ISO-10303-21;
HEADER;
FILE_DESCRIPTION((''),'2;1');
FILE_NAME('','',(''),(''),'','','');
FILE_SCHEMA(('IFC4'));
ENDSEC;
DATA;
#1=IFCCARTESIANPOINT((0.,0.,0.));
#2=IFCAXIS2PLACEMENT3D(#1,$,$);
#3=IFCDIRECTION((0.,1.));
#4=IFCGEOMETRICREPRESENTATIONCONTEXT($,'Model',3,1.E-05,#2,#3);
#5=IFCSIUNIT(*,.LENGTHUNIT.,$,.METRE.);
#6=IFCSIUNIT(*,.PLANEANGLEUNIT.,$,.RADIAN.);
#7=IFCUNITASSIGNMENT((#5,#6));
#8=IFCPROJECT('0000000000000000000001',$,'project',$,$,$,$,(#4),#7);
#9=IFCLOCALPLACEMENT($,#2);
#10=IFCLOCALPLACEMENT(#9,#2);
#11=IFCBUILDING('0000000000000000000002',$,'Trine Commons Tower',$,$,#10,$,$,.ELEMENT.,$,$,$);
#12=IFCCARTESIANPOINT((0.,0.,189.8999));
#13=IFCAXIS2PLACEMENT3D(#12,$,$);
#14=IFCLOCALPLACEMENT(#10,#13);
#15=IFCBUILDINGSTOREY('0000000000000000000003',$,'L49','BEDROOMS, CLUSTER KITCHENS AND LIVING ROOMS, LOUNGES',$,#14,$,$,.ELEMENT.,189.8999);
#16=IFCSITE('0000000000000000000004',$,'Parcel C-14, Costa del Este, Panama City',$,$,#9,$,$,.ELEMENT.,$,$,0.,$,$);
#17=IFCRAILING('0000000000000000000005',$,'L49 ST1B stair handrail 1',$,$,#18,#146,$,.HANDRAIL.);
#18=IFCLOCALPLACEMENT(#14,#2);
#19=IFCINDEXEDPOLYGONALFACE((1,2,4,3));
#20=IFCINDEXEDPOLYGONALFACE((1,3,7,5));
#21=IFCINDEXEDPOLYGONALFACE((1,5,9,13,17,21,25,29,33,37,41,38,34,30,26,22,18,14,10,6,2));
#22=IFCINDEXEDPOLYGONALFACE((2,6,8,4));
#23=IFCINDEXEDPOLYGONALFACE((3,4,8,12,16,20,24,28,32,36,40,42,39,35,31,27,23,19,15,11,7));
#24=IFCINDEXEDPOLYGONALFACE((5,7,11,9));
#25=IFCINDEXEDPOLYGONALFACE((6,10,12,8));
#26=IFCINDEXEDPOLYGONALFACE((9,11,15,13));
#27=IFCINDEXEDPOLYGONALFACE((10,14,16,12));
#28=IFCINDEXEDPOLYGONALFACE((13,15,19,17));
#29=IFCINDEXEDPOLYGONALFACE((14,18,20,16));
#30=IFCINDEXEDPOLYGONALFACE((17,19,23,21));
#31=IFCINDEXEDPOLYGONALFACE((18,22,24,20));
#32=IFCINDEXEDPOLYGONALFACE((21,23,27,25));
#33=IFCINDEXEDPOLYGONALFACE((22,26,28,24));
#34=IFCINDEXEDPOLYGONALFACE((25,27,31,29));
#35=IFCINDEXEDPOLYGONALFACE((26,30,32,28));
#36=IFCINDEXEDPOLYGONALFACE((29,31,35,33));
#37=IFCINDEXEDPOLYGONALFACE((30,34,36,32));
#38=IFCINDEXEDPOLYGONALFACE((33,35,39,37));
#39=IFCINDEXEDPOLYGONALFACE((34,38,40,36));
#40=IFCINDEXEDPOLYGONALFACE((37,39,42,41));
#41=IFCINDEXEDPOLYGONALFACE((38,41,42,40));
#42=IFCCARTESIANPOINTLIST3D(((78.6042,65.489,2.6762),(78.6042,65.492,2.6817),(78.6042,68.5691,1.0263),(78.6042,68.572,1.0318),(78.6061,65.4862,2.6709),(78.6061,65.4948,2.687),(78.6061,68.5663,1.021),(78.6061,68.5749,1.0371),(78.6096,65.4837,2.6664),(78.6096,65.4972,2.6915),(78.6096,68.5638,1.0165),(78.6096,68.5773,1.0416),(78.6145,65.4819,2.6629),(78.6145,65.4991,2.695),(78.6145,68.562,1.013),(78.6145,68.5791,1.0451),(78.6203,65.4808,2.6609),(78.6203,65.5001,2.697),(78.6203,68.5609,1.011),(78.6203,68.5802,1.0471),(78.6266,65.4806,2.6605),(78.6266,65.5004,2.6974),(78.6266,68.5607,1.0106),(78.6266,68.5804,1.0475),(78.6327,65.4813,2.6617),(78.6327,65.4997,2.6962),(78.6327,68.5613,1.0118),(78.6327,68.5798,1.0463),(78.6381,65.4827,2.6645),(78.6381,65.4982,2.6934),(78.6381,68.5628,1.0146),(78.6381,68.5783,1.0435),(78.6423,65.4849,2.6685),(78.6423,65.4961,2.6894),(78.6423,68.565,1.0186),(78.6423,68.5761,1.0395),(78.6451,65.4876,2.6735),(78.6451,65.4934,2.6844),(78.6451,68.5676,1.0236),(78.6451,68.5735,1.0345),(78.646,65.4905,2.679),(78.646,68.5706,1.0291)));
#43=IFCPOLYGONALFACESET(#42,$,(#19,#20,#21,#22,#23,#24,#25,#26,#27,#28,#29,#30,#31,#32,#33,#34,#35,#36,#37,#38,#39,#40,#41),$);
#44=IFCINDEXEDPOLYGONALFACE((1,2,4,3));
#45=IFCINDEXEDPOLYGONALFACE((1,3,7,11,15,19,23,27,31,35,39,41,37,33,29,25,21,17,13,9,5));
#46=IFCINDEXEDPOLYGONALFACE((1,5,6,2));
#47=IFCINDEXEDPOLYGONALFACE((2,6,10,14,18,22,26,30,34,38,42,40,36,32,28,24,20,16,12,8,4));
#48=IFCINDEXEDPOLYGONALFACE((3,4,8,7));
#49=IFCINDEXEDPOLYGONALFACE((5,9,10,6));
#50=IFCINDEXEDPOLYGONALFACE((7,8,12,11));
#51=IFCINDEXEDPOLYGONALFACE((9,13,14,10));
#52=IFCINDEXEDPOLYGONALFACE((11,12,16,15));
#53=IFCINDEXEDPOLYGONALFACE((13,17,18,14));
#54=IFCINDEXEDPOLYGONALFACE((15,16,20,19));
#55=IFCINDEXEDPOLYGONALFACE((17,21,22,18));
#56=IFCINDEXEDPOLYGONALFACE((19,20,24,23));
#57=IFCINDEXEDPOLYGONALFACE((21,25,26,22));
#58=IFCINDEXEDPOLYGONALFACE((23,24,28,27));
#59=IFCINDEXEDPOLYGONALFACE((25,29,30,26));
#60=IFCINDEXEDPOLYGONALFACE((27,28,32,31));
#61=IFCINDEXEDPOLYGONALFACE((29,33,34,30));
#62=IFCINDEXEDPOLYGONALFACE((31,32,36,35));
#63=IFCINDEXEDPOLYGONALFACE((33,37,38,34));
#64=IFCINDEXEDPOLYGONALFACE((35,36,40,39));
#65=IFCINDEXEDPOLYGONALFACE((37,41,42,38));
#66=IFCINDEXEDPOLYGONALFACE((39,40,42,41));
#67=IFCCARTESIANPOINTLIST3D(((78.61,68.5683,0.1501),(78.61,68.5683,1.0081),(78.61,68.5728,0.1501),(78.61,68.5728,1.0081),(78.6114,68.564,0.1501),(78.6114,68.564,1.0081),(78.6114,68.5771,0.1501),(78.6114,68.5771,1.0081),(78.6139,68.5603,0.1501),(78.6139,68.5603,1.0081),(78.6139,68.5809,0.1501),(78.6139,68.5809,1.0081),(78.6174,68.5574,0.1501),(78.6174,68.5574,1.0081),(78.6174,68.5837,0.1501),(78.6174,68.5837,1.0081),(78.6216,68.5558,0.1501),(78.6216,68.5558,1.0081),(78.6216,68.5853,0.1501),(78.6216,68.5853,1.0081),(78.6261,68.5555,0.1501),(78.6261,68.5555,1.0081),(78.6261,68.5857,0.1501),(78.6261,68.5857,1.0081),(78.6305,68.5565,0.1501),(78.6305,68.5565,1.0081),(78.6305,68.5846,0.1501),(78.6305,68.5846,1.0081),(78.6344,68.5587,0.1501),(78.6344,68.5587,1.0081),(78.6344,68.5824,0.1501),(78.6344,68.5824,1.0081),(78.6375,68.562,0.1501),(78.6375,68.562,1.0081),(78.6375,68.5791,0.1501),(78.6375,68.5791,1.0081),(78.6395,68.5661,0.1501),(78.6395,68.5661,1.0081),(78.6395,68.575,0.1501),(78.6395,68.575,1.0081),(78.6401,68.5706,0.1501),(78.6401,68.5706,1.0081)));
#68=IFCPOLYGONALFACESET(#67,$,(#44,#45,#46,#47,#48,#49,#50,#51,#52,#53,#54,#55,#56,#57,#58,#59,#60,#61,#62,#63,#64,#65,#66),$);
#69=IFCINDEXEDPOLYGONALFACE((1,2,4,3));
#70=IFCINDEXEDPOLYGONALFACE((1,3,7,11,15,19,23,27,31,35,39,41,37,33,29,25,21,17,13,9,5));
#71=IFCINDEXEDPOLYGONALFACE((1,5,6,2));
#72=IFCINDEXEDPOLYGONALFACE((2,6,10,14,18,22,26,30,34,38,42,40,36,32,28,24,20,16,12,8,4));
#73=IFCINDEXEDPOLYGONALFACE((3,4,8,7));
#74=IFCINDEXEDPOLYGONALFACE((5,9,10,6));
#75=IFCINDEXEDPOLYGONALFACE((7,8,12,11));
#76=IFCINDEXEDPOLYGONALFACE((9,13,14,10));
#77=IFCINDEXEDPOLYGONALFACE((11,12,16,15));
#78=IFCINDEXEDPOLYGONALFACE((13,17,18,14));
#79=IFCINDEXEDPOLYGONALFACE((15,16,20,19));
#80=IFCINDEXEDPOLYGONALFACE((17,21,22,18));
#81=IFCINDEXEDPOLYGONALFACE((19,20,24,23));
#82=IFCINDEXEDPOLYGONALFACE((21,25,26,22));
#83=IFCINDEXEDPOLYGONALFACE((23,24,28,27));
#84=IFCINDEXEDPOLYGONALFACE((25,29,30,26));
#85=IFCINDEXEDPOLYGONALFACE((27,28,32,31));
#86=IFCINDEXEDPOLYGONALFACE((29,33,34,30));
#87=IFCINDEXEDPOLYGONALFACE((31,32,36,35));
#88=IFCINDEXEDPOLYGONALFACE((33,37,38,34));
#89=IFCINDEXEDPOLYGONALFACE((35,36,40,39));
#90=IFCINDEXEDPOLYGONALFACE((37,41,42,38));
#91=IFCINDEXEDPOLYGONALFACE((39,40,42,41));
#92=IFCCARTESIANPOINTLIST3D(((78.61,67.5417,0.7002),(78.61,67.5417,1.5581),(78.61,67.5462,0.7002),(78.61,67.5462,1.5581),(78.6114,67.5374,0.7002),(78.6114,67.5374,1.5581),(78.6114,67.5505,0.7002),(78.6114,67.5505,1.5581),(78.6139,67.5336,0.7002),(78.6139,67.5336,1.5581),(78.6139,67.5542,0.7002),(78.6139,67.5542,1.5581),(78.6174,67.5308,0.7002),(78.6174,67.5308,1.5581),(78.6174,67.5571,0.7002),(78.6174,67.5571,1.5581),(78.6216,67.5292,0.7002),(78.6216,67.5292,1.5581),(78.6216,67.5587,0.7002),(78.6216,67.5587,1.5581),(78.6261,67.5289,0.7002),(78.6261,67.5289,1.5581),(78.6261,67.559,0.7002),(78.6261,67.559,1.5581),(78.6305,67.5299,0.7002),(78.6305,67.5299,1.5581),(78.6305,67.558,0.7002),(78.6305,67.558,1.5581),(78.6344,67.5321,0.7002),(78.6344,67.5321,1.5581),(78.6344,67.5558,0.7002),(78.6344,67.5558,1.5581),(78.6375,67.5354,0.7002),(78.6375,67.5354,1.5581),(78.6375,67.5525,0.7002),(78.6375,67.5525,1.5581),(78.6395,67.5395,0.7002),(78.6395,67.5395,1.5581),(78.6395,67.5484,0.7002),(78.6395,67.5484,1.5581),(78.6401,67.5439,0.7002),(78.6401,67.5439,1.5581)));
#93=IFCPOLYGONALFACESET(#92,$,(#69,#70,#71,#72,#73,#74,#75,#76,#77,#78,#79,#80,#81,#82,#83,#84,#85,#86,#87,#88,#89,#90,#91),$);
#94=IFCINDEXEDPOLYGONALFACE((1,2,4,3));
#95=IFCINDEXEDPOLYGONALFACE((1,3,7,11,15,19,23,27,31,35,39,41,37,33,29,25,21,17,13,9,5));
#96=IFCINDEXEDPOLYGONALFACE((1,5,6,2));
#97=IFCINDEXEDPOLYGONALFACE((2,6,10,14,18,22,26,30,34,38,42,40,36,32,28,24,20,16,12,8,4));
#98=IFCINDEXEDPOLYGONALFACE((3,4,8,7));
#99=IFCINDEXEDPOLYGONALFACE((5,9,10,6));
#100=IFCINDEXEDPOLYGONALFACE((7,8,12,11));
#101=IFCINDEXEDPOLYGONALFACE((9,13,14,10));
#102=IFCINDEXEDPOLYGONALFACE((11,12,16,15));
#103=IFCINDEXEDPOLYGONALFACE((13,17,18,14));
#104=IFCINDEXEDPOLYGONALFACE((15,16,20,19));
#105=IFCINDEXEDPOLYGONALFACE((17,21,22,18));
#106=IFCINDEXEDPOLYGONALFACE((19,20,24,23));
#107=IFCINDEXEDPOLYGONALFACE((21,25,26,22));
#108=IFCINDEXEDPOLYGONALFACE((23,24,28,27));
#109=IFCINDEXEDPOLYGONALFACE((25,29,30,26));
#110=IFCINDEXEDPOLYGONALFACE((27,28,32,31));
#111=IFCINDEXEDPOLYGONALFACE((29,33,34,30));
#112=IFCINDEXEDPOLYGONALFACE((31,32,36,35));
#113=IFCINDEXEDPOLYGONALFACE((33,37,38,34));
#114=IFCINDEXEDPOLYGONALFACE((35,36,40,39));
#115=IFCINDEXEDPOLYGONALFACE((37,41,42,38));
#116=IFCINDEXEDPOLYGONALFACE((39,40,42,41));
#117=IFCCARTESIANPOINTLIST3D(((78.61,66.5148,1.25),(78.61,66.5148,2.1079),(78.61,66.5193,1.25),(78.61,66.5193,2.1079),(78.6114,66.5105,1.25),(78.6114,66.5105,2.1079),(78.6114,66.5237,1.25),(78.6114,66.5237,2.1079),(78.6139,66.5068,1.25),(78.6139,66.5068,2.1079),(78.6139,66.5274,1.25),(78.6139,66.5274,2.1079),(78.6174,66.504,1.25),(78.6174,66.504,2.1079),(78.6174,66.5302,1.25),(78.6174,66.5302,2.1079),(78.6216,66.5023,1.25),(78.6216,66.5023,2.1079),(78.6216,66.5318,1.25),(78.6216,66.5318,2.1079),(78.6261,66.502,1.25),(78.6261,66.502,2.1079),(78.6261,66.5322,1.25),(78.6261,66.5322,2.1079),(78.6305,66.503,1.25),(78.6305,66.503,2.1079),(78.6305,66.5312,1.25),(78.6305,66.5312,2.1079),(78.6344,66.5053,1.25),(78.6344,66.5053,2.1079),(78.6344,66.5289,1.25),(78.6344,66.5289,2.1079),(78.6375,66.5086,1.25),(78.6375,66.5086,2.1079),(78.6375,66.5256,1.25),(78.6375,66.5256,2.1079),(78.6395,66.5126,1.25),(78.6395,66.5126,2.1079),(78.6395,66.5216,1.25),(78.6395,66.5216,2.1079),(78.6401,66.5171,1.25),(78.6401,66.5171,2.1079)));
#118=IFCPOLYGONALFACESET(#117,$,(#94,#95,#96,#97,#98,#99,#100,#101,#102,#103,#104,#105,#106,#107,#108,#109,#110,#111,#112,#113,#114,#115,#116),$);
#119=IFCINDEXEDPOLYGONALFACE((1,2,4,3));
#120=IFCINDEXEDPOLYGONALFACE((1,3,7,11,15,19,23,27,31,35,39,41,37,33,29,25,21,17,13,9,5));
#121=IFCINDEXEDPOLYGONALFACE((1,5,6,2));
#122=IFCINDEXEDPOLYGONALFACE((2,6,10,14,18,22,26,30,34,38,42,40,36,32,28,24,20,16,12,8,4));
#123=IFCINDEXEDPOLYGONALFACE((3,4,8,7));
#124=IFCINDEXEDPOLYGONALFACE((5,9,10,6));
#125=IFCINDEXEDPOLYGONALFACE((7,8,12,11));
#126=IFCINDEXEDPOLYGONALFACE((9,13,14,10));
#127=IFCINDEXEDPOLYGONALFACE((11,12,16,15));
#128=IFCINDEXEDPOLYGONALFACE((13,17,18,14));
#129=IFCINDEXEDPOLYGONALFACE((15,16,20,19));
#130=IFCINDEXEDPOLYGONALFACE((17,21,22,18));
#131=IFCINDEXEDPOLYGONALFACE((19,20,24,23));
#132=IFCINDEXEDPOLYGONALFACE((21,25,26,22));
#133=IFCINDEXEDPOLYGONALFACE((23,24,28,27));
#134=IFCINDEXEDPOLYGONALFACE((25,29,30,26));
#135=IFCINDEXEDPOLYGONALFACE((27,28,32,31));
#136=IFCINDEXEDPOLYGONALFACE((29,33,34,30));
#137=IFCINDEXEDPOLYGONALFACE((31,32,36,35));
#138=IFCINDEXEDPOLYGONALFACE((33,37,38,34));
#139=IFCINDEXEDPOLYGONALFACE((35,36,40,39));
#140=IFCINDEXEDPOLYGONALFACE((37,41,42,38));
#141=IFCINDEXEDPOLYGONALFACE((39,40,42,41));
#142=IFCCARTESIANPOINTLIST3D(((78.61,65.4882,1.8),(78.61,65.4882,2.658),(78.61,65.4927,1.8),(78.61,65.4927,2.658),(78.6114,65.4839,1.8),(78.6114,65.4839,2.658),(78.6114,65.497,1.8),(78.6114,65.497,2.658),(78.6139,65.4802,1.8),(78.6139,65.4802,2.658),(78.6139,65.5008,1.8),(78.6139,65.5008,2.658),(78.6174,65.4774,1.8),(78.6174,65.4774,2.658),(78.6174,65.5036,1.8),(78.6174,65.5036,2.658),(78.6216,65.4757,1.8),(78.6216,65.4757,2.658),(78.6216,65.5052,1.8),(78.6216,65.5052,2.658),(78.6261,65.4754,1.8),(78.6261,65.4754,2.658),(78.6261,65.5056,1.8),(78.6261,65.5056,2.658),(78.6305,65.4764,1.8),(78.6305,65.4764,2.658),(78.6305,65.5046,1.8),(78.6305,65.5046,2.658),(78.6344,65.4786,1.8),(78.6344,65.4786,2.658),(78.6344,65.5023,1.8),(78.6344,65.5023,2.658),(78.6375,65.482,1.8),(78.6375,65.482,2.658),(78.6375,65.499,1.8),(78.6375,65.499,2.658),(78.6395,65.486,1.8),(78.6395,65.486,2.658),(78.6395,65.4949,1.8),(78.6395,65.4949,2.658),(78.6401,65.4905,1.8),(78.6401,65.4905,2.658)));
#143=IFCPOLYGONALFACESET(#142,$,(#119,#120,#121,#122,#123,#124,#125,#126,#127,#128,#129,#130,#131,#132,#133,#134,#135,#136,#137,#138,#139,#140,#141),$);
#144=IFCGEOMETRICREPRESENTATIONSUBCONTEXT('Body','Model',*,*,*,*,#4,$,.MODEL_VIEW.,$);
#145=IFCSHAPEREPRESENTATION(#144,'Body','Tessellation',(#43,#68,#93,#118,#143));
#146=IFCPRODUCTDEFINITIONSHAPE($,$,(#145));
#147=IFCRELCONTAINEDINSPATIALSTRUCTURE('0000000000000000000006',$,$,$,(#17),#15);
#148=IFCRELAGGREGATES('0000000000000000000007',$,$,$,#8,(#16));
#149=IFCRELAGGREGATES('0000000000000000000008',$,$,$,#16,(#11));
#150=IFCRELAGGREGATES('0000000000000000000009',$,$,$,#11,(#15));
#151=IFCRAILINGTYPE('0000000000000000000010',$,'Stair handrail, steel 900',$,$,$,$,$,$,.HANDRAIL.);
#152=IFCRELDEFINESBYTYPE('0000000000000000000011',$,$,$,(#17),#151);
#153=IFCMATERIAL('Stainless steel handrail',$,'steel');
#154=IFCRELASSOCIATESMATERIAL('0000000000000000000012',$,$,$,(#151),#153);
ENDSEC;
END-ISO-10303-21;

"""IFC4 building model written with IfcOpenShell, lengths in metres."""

from ifc_helpers import new_model, si_unit, direction, frame, origin, origin_2d, place, context, subcontext, project, spatial, circle, extrude, material, type_object, element, save


model = new_model("IFC4")

# Units and contexts
model_context = context("Model", 3, precision=1e-05, world=origin(), true_north=direction((0.0, 1.0)))
body_context = subcontext(model_context, "Body", "Model", "MODEL_VIEW")
ifc_project = project(units=[si_unit("LENGTHUNIT", "METRE"), si_unit("PLANEANGLEUNIT", "RADIAN")], contexts=[model_context])

# Site, building, storey
site_placement = place(None, origin())
site = spatial("IfcSite", under=ifc_project, at=site_placement, Name="Parcel C-14, Costa del Este, Panama City", CompositionType="ELEMENT", RefElevation=0.0)
building_placement = place(site_placement, origin())
building = spatial("IfcBuilding", under=site, at=building_placement, Name="Trine Commons Tower", CompositionType="ELEMENT")
storey_placement = place(building_placement, frame((0.0, 0.0, 189.8999)))
storey = spatial("IfcBuildingStorey", under=building, at=storey_placement, Name="L49", Description="BEDROOMS, CLUSTER KITCHENS AND LIVING ROOMS, LOUNGES", CompositionType="ELEMENT", Elevation=189.8999)

# Railing
ifc_material_1 = material(Name="Stainless steel handrail", Category="steel")
railing_type_1 = type_object("IfcRailingType", Name="Stair handrail, steel 900", PredefinedType="HANDRAIL", material=ifc_material_1)
railing_1_placement = place(storey_placement, frame((78.625, 68.5706, 0.1501)))
element("IfcRailing", 1, at=railing_1_placement, inside=storey, type_object=railing_type_1, Name="L49 ST1B stair handrail 1", PredefinedType="HANDRAIL", context=body_context, shape_type="SweptSolid", body=[
    extrude(circle(Radius=0.021, at=origin_2d()), frame((0.0, 0.0, 0.8789), z_axis=(0.0, -0.881497, 0.47219), x_axis=(1.0, 0.0, 0.0)), (0.0, 0.0, 1.0), 3.4941),
    extrude(circle(Radius=0.0151, at=origin_2d()), origin(), (0.0, 0.0, 1.0), 0.8579),
    extrude(circle(Radius=0.0151, at=origin_2d()), frame((0.0, -1.0266, 0.55)), (0.0, 0.0, 1.0), 0.8579),
    extrude(circle(Radius=0.0151, at=origin_2d()), frame((0.0, -2.0535, 1.0999)), (0.0, 0.0, 1.0), 0.8579),
    extrude(circle(Radius=0.0151, at=origin_2d()), frame((0.0, -3.0801, 1.6499)), (0.0, 0.0, 1.0), 0.8579),
])

save(model, "model.ifc")
